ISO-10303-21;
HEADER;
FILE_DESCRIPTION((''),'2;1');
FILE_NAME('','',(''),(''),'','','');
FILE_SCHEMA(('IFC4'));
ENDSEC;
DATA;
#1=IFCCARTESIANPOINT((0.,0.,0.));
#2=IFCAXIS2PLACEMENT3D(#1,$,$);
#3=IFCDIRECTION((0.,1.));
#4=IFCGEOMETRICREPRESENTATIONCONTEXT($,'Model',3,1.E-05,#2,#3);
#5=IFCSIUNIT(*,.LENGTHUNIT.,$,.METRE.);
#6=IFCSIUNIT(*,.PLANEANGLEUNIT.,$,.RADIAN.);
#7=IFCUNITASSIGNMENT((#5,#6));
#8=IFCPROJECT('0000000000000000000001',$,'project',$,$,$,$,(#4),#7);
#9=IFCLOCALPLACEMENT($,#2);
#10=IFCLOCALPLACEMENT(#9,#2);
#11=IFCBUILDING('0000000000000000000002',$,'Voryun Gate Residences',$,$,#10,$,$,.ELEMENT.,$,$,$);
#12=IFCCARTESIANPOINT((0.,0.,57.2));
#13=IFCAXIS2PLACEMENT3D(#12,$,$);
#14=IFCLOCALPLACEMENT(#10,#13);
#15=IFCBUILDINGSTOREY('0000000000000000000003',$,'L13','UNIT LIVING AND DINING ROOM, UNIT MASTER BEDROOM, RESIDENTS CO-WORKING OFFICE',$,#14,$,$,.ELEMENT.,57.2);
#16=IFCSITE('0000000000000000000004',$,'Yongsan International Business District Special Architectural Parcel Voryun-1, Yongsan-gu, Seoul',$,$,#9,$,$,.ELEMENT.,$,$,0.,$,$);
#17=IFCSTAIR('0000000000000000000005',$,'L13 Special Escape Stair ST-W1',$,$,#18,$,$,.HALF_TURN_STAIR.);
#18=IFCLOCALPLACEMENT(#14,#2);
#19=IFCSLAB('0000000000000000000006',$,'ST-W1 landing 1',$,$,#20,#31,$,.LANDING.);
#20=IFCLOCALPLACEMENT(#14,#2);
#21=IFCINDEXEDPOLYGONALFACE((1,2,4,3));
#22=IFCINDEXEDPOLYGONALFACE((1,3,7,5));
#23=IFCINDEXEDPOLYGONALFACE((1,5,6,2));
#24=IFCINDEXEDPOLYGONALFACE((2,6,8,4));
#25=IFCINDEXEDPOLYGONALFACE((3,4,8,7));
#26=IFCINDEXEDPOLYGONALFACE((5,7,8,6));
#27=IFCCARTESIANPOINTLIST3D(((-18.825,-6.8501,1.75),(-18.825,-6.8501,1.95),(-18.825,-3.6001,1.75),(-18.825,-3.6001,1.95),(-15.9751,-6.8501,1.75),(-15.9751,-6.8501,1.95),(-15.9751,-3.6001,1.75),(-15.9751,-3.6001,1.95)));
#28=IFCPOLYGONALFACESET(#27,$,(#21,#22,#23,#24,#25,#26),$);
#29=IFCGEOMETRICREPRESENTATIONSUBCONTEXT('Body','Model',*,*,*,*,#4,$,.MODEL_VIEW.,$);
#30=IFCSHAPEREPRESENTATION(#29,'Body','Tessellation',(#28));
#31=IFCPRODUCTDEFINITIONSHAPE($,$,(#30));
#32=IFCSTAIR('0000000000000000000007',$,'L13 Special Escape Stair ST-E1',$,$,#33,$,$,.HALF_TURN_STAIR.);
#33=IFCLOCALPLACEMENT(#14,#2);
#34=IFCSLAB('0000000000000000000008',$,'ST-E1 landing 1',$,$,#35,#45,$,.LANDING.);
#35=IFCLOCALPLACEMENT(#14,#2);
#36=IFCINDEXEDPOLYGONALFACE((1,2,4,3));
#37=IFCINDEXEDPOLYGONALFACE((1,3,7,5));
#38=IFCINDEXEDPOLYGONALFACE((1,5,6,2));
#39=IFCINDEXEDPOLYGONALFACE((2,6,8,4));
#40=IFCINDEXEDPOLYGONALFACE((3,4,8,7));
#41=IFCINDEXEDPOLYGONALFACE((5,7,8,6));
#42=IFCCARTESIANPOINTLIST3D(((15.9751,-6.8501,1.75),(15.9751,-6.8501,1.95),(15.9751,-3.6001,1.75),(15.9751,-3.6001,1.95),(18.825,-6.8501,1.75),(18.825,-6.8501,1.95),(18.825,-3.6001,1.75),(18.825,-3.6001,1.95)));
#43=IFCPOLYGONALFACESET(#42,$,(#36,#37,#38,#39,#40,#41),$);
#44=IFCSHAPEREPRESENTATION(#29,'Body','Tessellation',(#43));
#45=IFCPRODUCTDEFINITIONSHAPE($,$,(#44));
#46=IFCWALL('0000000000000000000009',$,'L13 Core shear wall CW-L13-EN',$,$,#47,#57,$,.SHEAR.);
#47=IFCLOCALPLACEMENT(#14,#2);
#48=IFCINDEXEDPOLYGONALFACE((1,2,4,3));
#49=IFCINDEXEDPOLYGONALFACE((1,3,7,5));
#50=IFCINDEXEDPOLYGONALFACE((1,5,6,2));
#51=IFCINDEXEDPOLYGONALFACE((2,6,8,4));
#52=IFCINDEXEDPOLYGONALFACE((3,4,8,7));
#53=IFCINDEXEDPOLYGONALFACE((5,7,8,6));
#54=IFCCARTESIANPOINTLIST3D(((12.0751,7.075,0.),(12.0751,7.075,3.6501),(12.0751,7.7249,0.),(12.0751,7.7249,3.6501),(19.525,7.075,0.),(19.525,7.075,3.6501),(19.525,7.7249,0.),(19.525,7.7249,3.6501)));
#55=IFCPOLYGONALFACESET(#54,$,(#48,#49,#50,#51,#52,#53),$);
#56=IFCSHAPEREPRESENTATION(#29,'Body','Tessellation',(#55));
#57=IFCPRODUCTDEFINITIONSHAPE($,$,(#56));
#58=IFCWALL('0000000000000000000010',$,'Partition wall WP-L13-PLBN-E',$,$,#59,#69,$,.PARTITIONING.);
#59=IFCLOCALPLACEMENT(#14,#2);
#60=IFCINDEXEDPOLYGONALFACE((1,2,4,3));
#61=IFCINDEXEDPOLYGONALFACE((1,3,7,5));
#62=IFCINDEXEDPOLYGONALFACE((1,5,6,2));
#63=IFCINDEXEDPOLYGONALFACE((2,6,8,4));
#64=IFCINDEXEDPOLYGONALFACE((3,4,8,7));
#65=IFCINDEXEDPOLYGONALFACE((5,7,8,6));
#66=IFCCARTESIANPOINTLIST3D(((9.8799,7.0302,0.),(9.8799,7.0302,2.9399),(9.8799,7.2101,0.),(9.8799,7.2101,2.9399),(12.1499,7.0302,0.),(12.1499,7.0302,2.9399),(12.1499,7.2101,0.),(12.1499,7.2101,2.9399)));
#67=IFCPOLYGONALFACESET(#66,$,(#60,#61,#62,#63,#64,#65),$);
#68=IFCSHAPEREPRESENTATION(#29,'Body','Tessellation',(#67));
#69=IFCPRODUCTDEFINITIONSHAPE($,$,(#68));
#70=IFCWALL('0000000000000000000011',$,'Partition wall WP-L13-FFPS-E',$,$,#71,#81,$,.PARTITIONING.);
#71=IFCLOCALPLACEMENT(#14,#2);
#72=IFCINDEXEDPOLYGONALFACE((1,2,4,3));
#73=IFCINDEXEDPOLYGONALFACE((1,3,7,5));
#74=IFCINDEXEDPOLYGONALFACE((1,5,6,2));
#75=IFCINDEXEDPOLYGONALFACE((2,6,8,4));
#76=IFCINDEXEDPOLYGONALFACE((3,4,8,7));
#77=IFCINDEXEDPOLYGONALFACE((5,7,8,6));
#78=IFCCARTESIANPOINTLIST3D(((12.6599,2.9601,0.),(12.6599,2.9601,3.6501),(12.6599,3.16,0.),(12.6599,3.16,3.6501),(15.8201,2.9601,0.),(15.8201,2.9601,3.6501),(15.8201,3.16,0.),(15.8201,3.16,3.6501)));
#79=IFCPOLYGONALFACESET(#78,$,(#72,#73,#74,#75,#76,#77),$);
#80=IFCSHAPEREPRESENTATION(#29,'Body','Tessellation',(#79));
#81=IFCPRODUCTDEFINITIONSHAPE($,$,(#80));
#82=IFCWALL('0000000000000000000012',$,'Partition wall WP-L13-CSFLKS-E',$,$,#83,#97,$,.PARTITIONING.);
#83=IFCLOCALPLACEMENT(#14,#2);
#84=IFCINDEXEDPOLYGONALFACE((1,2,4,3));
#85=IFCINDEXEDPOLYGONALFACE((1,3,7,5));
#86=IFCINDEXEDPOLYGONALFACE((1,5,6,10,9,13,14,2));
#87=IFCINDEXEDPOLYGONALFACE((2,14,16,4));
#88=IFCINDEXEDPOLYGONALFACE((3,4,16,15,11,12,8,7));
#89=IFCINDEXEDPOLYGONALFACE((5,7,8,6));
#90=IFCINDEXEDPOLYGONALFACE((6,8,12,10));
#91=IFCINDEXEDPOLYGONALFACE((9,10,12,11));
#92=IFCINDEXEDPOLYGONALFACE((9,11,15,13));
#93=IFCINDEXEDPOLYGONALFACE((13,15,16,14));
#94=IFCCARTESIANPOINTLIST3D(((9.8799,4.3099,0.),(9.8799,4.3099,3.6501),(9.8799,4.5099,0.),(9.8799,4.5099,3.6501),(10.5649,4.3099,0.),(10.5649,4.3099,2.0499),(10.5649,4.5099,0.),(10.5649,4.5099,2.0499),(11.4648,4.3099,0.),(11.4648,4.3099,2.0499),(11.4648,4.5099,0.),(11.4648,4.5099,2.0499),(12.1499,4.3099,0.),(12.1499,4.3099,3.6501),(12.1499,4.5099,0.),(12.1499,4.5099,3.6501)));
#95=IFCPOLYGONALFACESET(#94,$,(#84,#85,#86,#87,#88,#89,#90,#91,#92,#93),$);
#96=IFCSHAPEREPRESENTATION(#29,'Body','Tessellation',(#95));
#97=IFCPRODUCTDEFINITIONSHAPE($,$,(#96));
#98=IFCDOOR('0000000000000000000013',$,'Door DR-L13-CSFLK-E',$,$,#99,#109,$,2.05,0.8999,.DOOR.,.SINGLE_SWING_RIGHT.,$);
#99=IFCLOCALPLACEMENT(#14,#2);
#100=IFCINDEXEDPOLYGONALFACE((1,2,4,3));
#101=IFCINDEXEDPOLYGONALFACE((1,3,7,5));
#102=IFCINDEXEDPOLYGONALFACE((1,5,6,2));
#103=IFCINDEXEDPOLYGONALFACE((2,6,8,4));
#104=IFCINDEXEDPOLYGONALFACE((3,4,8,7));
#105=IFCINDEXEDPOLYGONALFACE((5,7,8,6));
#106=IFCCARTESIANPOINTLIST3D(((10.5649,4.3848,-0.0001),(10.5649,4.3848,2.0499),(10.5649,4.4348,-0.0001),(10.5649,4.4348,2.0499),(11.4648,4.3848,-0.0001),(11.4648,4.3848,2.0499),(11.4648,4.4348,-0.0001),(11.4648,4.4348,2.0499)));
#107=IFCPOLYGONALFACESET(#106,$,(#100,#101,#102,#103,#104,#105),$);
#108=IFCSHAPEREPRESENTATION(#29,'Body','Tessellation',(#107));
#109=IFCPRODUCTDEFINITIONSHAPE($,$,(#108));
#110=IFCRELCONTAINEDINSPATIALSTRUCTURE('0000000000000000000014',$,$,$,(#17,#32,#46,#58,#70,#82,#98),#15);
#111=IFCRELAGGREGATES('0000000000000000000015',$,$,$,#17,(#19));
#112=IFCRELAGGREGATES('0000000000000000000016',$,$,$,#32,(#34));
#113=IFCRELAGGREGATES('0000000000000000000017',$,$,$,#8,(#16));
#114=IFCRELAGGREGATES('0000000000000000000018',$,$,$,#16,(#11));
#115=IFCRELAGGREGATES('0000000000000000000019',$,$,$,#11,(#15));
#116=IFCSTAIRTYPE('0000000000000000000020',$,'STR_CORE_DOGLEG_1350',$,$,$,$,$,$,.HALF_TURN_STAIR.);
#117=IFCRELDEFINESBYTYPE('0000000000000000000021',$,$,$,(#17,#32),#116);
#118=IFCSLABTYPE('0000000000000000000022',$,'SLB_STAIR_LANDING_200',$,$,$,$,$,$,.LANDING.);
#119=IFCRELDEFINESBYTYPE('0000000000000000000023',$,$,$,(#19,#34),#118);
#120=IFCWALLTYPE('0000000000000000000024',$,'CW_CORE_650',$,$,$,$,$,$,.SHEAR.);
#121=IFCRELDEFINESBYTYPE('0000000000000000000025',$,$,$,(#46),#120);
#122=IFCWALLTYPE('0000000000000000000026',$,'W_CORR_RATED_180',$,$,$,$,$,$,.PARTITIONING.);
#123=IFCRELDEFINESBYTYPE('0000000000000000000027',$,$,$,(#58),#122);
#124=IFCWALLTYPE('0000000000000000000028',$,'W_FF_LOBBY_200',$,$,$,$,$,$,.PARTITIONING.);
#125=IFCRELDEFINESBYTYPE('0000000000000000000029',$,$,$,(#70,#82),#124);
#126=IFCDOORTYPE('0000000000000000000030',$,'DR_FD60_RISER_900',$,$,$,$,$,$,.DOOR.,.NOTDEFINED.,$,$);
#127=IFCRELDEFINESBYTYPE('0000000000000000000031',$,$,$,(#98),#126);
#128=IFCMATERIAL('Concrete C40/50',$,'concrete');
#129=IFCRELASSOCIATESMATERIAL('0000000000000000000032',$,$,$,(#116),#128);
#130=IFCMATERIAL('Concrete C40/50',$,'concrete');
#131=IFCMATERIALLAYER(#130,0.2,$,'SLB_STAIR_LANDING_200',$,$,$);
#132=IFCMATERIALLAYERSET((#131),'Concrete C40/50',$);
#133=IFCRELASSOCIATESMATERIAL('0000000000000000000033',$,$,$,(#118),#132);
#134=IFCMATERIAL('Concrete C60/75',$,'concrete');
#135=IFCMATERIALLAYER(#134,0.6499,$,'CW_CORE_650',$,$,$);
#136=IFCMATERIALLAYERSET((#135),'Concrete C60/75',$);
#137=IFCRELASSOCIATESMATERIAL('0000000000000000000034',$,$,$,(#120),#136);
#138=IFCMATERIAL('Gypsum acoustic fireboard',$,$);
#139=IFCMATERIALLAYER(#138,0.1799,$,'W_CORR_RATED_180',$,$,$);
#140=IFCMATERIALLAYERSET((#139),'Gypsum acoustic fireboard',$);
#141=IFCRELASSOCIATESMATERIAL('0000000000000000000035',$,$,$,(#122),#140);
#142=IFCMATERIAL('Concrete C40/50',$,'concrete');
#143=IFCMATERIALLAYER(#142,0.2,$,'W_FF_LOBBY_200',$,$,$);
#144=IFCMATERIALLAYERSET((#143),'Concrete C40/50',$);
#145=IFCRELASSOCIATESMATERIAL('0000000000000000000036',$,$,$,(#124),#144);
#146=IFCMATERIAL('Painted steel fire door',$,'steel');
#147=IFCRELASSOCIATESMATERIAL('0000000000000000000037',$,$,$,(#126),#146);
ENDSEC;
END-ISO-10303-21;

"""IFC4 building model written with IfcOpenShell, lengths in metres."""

from ifc_helpers import new_model, si_unit, direction, frame, frame_2d, origin, place, context, subcontext, project, spatial, polyline, rectangle, outline, extrude, material, layer, layer_set, type_object, element, fill, aggregate, save


model = new_model("IFC4")

# Units and contexts
model_context = context("Model", 3, precision=1e-05, world=origin(), true_north=direction((0.0, 1.0)))
body_context = subcontext(model_context, "Body", "Model", "MODEL_VIEW")
ifc_project = project(units=[si_unit("LENGTHUNIT", "METRE"), si_unit("PLANEANGLEUNIT", "RADIAN")], contexts=[model_context])

# Site, building, storey
site_placement = place(None, origin())
site = spatial("IfcSite", under=ifc_project, at=site_placement, Name="Yongsan International Business District Special Architectural Parcel Voryun-1, Yongsan-gu, Seoul", CompositionType="ELEMENT", RefElevation=0.0)
building_placement = place(site_placement, origin())
building = spatial("IfcBuilding", under=site, at=building_placement, Name="Voryun Gate Residences", CompositionType="ELEMENT")
storey_placement = place(building_placement, frame((0.0, 0.0, 57.2)))
storey = spatial("IfcBuildingStorey", under=building, at=storey_placement, Name="L13", Description="UNIT LIVING AND DINING ROOM, UNIT MASTER BEDROOM, RESIDENTS CO-WORKING OFFICE", CompositionType="ELEMENT", Elevation=57.2)

# Stairs, slabs
ifc_material_1 = material(Name="Concrete C40/50", Category="concrete")
stair_type = type_object("IfcStairType", Name="STR_CORE_DOGLEG_1350", PredefinedType="HALF_TURN_STAIR", material=ifc_material_1)
stair_1_placement = place(storey_placement, origin())
stair_1 = element("IfcStair", 1, at=stair_1_placement, inside=storey, type_object=stair_type, Name="L13 Special Escape Stair ST-W1", PredefinedType="HALF_TURN_STAIR")
ifc_material_2 = material(Name="Concrete C40/50", Category="concrete")
ifc_layer_1 = layer(ifc_material_2, 0.2, Name="SLB_STAIR_LANDING_200")
ifc_layer_set_1 = layer_set([ifc_layer_1], Name="Concrete C40/50")
slab_type_1 = type_object("IfcSlabType", Name="SLB_STAIR_LANDING_200", PredefinedType="LANDING", material=ifc_layer_set_1)
slab_1_placement = place(storey_placement, frame((0.0, 0.0, 1.75)))
slab_1 = element("IfcSlab", 2, at=slab_1_placement, type_object=slab_type_1, Name="ST-W1 landing 1", PredefinedType="LANDING", context=body_context, shape_type="SweptSolid", body=[
    extrude(outline(polyline([(-18.825, -3.6001), (-18.825, -6.8501), (-15.9751, -6.8501), (-15.9751, -3.6001), (-18.825, -3.6001)])), origin(), (0.0, 0.0, 1.0), 0.2),
])
aggregate(stair_1, [slab_1])
stair_2_placement = place(storey_placement, origin())
stair_2 = element("IfcStair", 3, at=stair_2_placement, inside=storey, type_object=stair_type, Name="L13 Special Escape Stair ST-E1", PredefinedType="HALF_TURN_STAIR")
slab_2_placement = place(storey_placement, frame((0.0, 0.0, 1.75)))
slab_2 = element("IfcSlab", 4, at=slab_2_placement, type_object=slab_type_1, Name="ST-E1 landing 1", PredefinedType="LANDING", context=body_context, shape_type="SweptSolid", body=[
    extrude(outline(polyline([(15.9751, -3.6001), (15.9751, -6.8501), (18.825, -6.8501), (18.825, -3.6001), (15.9751, -3.6001)])), origin(), (0.0, 0.0, 1.0), 0.2),
])
aggregate(stair_2, [slab_2])

# Walls
ifc_material_3 = material(Name="Concrete C60/75", Category="concrete")
ifc_layer_2 = layer(ifc_material_3, 0.6499, Name="CW_CORE_650")
ifc_layer_set_2 = layer_set([ifc_layer_2], Name="Concrete C60/75")
wall_type_1 = type_object("IfcWallType", Name="CW_CORE_650", PredefinedType="SHEAR", material=ifc_layer_set_2)
wall_1_placement = place(storey_placement, frame((12.075, 7.3999, 0.0), z_axis=(0.0, 0.0, 1.0), x_axis=(1.0, 0.0, 0.0)))
element("IfcWall", 5, at=wall_1_placement, inside=storey, type_object=wall_type_1, Name="L13 Core shear wall CW-L13-EN", PredefinedType="SHEAR", context=body_context, shape_type="SweptSolid", body=[
    extrude(rectangle(XDim=7.45, YDim=0.6499, at=frame_2d((3.7251, 0.0))), origin(), (0.0, 0.0, 1.0), 3.6501),
])
ifc_material_4 = material(Name="Gypsum acoustic fireboard")
ifc_layer_3 = layer(ifc_material_4, 0.1799, Name="W_CORR_RATED_180")
ifc_layer_set_3 = layer_set([ifc_layer_3], Name="Gypsum acoustic fireboard")
wall_type_2 = type_object("IfcWallType", Name="W_CORR_RATED_180", PredefinedType="PARTITIONING", material=ifc_layer_set_3)
wall_2_placement = place(storey_placement, frame((9.8799, 7.1201, 0.0), z_axis=(0.0, 0.0, 1.0), x_axis=(1.0, 0.0, 0.0)))
element("IfcWall", 6, at=wall_2_placement, inside=storey, type_object=wall_type_2, Name="Partition wall WP-L13-PLBN-E", PredefinedType="PARTITIONING", context=body_context, shape_type="SweptSolid", body=[
    extrude(rectangle(XDim=2.27, YDim=0.1799, at=frame_2d((1.135, 0.0))), origin(), (0.0, 0.0, 1.0), 2.9399),
])
ifc_material_5 = material(Name="Concrete C40/50", Category="concrete")
ifc_layer_4 = layer(ifc_material_5, 0.2, Name="W_FF_LOBBY_200")
ifc_layer_set_4 = layer_set([ifc_layer_4], Name="Concrete C40/50")
wall_type_3 = type_object("IfcWallType", Name="W_FF_LOBBY_200", PredefinedType="PARTITIONING", material=ifc_layer_set_4)
wall_3_placement = place(storey_placement, frame((12.6599, 3.0601, 0.0), z_axis=(0.0, 0.0, 1.0), x_axis=(1.0, 0.0, 0.0)))
element("IfcWall", 7, at=wall_3_placement, inside=storey, type_object=wall_type_3, Name="Partition wall WP-L13-FFPS-E", PredefinedType="PARTITIONING", context=body_context, shape_type="SweptSolid", body=[
    extrude(rectangle(XDim=3.1602, YDim=0.2, at=frame_2d((1.5801, 0.0))), origin(), (0.0, 0.0, 1.0), 3.6501),
])

# Wall, opening, door
wall_4_placement = place(storey_placement, frame((9.8799, 4.4099, 0.0), z_axis=(0.0, 0.0, 1.0), x_axis=(1.0, 0.0, 0.0)))
wall_4 = element("IfcWall", 8, at=wall_4_placement, inside=storey, type_object=wall_type_3, Name="Partition wall WP-L13-CSFLKS-E", PredefinedType="PARTITIONING", context=body_context, shape_type="SweptSolid", body=[
    extrude(rectangle(XDim=2.27, YDim=0.2, at=frame_2d((1.135, 0.0))), origin(), (0.0, 0.0, 1.0), 3.6501),
])
opening_placement = place(wall_4_placement, frame((0.6851, 0.0, 0.0)))
opening = element("IfcOpeningElement", 9, at=opening_placement, cuts=wall_4, PredefinedType="OPENING", context=body_context, shape_type="SweptSolid", body=[
    extrude(rectangle(XDim=0.8999, YDim=2.05, at=frame_2d((0.45, 1.0249))), frame((0.0, 0.1101, 0.0), z_axis=(0.0, -1.0, 0.0), x_axis=(1.0, 0.0, 0.0)), (0.0, 0.0, 1.0), 0.22),
])
ifc_material_6 = material(Name="Painted steel fire door", Category="steel")
door_type = type_object("IfcDoorType", Name="DR_FD60_RISER_900", OperationType="NOTDEFINED", PredefinedType="DOOR", material=ifc_material_6)
door_placement = place(opening_placement, origin())
door = element("IfcDoor", 10, at=door_placement, inside=storey, type_object=door_type, Name="Door DR-L13-CSFLK-E", OperationType="SINGLE_SWING_RIGHT", OverallHeight=2.05, OverallWidth=0.8999, PredefinedType="DOOR", context=body_context, shape_type="SweptSolid", body=[
    extrude(rectangle(XDim=0.8999, YDim=2.05, at=frame_2d((0.45, 1.0249))), frame((0.0, 0.0249, 0.0), z_axis=(0.0, -1.0, 0.0), x_axis=(1.0, 0.0, 0.0)), (0.0, 0.0, 1.0), 0.05),
])
fill(opening, door)

save(model, "model.ifc")
